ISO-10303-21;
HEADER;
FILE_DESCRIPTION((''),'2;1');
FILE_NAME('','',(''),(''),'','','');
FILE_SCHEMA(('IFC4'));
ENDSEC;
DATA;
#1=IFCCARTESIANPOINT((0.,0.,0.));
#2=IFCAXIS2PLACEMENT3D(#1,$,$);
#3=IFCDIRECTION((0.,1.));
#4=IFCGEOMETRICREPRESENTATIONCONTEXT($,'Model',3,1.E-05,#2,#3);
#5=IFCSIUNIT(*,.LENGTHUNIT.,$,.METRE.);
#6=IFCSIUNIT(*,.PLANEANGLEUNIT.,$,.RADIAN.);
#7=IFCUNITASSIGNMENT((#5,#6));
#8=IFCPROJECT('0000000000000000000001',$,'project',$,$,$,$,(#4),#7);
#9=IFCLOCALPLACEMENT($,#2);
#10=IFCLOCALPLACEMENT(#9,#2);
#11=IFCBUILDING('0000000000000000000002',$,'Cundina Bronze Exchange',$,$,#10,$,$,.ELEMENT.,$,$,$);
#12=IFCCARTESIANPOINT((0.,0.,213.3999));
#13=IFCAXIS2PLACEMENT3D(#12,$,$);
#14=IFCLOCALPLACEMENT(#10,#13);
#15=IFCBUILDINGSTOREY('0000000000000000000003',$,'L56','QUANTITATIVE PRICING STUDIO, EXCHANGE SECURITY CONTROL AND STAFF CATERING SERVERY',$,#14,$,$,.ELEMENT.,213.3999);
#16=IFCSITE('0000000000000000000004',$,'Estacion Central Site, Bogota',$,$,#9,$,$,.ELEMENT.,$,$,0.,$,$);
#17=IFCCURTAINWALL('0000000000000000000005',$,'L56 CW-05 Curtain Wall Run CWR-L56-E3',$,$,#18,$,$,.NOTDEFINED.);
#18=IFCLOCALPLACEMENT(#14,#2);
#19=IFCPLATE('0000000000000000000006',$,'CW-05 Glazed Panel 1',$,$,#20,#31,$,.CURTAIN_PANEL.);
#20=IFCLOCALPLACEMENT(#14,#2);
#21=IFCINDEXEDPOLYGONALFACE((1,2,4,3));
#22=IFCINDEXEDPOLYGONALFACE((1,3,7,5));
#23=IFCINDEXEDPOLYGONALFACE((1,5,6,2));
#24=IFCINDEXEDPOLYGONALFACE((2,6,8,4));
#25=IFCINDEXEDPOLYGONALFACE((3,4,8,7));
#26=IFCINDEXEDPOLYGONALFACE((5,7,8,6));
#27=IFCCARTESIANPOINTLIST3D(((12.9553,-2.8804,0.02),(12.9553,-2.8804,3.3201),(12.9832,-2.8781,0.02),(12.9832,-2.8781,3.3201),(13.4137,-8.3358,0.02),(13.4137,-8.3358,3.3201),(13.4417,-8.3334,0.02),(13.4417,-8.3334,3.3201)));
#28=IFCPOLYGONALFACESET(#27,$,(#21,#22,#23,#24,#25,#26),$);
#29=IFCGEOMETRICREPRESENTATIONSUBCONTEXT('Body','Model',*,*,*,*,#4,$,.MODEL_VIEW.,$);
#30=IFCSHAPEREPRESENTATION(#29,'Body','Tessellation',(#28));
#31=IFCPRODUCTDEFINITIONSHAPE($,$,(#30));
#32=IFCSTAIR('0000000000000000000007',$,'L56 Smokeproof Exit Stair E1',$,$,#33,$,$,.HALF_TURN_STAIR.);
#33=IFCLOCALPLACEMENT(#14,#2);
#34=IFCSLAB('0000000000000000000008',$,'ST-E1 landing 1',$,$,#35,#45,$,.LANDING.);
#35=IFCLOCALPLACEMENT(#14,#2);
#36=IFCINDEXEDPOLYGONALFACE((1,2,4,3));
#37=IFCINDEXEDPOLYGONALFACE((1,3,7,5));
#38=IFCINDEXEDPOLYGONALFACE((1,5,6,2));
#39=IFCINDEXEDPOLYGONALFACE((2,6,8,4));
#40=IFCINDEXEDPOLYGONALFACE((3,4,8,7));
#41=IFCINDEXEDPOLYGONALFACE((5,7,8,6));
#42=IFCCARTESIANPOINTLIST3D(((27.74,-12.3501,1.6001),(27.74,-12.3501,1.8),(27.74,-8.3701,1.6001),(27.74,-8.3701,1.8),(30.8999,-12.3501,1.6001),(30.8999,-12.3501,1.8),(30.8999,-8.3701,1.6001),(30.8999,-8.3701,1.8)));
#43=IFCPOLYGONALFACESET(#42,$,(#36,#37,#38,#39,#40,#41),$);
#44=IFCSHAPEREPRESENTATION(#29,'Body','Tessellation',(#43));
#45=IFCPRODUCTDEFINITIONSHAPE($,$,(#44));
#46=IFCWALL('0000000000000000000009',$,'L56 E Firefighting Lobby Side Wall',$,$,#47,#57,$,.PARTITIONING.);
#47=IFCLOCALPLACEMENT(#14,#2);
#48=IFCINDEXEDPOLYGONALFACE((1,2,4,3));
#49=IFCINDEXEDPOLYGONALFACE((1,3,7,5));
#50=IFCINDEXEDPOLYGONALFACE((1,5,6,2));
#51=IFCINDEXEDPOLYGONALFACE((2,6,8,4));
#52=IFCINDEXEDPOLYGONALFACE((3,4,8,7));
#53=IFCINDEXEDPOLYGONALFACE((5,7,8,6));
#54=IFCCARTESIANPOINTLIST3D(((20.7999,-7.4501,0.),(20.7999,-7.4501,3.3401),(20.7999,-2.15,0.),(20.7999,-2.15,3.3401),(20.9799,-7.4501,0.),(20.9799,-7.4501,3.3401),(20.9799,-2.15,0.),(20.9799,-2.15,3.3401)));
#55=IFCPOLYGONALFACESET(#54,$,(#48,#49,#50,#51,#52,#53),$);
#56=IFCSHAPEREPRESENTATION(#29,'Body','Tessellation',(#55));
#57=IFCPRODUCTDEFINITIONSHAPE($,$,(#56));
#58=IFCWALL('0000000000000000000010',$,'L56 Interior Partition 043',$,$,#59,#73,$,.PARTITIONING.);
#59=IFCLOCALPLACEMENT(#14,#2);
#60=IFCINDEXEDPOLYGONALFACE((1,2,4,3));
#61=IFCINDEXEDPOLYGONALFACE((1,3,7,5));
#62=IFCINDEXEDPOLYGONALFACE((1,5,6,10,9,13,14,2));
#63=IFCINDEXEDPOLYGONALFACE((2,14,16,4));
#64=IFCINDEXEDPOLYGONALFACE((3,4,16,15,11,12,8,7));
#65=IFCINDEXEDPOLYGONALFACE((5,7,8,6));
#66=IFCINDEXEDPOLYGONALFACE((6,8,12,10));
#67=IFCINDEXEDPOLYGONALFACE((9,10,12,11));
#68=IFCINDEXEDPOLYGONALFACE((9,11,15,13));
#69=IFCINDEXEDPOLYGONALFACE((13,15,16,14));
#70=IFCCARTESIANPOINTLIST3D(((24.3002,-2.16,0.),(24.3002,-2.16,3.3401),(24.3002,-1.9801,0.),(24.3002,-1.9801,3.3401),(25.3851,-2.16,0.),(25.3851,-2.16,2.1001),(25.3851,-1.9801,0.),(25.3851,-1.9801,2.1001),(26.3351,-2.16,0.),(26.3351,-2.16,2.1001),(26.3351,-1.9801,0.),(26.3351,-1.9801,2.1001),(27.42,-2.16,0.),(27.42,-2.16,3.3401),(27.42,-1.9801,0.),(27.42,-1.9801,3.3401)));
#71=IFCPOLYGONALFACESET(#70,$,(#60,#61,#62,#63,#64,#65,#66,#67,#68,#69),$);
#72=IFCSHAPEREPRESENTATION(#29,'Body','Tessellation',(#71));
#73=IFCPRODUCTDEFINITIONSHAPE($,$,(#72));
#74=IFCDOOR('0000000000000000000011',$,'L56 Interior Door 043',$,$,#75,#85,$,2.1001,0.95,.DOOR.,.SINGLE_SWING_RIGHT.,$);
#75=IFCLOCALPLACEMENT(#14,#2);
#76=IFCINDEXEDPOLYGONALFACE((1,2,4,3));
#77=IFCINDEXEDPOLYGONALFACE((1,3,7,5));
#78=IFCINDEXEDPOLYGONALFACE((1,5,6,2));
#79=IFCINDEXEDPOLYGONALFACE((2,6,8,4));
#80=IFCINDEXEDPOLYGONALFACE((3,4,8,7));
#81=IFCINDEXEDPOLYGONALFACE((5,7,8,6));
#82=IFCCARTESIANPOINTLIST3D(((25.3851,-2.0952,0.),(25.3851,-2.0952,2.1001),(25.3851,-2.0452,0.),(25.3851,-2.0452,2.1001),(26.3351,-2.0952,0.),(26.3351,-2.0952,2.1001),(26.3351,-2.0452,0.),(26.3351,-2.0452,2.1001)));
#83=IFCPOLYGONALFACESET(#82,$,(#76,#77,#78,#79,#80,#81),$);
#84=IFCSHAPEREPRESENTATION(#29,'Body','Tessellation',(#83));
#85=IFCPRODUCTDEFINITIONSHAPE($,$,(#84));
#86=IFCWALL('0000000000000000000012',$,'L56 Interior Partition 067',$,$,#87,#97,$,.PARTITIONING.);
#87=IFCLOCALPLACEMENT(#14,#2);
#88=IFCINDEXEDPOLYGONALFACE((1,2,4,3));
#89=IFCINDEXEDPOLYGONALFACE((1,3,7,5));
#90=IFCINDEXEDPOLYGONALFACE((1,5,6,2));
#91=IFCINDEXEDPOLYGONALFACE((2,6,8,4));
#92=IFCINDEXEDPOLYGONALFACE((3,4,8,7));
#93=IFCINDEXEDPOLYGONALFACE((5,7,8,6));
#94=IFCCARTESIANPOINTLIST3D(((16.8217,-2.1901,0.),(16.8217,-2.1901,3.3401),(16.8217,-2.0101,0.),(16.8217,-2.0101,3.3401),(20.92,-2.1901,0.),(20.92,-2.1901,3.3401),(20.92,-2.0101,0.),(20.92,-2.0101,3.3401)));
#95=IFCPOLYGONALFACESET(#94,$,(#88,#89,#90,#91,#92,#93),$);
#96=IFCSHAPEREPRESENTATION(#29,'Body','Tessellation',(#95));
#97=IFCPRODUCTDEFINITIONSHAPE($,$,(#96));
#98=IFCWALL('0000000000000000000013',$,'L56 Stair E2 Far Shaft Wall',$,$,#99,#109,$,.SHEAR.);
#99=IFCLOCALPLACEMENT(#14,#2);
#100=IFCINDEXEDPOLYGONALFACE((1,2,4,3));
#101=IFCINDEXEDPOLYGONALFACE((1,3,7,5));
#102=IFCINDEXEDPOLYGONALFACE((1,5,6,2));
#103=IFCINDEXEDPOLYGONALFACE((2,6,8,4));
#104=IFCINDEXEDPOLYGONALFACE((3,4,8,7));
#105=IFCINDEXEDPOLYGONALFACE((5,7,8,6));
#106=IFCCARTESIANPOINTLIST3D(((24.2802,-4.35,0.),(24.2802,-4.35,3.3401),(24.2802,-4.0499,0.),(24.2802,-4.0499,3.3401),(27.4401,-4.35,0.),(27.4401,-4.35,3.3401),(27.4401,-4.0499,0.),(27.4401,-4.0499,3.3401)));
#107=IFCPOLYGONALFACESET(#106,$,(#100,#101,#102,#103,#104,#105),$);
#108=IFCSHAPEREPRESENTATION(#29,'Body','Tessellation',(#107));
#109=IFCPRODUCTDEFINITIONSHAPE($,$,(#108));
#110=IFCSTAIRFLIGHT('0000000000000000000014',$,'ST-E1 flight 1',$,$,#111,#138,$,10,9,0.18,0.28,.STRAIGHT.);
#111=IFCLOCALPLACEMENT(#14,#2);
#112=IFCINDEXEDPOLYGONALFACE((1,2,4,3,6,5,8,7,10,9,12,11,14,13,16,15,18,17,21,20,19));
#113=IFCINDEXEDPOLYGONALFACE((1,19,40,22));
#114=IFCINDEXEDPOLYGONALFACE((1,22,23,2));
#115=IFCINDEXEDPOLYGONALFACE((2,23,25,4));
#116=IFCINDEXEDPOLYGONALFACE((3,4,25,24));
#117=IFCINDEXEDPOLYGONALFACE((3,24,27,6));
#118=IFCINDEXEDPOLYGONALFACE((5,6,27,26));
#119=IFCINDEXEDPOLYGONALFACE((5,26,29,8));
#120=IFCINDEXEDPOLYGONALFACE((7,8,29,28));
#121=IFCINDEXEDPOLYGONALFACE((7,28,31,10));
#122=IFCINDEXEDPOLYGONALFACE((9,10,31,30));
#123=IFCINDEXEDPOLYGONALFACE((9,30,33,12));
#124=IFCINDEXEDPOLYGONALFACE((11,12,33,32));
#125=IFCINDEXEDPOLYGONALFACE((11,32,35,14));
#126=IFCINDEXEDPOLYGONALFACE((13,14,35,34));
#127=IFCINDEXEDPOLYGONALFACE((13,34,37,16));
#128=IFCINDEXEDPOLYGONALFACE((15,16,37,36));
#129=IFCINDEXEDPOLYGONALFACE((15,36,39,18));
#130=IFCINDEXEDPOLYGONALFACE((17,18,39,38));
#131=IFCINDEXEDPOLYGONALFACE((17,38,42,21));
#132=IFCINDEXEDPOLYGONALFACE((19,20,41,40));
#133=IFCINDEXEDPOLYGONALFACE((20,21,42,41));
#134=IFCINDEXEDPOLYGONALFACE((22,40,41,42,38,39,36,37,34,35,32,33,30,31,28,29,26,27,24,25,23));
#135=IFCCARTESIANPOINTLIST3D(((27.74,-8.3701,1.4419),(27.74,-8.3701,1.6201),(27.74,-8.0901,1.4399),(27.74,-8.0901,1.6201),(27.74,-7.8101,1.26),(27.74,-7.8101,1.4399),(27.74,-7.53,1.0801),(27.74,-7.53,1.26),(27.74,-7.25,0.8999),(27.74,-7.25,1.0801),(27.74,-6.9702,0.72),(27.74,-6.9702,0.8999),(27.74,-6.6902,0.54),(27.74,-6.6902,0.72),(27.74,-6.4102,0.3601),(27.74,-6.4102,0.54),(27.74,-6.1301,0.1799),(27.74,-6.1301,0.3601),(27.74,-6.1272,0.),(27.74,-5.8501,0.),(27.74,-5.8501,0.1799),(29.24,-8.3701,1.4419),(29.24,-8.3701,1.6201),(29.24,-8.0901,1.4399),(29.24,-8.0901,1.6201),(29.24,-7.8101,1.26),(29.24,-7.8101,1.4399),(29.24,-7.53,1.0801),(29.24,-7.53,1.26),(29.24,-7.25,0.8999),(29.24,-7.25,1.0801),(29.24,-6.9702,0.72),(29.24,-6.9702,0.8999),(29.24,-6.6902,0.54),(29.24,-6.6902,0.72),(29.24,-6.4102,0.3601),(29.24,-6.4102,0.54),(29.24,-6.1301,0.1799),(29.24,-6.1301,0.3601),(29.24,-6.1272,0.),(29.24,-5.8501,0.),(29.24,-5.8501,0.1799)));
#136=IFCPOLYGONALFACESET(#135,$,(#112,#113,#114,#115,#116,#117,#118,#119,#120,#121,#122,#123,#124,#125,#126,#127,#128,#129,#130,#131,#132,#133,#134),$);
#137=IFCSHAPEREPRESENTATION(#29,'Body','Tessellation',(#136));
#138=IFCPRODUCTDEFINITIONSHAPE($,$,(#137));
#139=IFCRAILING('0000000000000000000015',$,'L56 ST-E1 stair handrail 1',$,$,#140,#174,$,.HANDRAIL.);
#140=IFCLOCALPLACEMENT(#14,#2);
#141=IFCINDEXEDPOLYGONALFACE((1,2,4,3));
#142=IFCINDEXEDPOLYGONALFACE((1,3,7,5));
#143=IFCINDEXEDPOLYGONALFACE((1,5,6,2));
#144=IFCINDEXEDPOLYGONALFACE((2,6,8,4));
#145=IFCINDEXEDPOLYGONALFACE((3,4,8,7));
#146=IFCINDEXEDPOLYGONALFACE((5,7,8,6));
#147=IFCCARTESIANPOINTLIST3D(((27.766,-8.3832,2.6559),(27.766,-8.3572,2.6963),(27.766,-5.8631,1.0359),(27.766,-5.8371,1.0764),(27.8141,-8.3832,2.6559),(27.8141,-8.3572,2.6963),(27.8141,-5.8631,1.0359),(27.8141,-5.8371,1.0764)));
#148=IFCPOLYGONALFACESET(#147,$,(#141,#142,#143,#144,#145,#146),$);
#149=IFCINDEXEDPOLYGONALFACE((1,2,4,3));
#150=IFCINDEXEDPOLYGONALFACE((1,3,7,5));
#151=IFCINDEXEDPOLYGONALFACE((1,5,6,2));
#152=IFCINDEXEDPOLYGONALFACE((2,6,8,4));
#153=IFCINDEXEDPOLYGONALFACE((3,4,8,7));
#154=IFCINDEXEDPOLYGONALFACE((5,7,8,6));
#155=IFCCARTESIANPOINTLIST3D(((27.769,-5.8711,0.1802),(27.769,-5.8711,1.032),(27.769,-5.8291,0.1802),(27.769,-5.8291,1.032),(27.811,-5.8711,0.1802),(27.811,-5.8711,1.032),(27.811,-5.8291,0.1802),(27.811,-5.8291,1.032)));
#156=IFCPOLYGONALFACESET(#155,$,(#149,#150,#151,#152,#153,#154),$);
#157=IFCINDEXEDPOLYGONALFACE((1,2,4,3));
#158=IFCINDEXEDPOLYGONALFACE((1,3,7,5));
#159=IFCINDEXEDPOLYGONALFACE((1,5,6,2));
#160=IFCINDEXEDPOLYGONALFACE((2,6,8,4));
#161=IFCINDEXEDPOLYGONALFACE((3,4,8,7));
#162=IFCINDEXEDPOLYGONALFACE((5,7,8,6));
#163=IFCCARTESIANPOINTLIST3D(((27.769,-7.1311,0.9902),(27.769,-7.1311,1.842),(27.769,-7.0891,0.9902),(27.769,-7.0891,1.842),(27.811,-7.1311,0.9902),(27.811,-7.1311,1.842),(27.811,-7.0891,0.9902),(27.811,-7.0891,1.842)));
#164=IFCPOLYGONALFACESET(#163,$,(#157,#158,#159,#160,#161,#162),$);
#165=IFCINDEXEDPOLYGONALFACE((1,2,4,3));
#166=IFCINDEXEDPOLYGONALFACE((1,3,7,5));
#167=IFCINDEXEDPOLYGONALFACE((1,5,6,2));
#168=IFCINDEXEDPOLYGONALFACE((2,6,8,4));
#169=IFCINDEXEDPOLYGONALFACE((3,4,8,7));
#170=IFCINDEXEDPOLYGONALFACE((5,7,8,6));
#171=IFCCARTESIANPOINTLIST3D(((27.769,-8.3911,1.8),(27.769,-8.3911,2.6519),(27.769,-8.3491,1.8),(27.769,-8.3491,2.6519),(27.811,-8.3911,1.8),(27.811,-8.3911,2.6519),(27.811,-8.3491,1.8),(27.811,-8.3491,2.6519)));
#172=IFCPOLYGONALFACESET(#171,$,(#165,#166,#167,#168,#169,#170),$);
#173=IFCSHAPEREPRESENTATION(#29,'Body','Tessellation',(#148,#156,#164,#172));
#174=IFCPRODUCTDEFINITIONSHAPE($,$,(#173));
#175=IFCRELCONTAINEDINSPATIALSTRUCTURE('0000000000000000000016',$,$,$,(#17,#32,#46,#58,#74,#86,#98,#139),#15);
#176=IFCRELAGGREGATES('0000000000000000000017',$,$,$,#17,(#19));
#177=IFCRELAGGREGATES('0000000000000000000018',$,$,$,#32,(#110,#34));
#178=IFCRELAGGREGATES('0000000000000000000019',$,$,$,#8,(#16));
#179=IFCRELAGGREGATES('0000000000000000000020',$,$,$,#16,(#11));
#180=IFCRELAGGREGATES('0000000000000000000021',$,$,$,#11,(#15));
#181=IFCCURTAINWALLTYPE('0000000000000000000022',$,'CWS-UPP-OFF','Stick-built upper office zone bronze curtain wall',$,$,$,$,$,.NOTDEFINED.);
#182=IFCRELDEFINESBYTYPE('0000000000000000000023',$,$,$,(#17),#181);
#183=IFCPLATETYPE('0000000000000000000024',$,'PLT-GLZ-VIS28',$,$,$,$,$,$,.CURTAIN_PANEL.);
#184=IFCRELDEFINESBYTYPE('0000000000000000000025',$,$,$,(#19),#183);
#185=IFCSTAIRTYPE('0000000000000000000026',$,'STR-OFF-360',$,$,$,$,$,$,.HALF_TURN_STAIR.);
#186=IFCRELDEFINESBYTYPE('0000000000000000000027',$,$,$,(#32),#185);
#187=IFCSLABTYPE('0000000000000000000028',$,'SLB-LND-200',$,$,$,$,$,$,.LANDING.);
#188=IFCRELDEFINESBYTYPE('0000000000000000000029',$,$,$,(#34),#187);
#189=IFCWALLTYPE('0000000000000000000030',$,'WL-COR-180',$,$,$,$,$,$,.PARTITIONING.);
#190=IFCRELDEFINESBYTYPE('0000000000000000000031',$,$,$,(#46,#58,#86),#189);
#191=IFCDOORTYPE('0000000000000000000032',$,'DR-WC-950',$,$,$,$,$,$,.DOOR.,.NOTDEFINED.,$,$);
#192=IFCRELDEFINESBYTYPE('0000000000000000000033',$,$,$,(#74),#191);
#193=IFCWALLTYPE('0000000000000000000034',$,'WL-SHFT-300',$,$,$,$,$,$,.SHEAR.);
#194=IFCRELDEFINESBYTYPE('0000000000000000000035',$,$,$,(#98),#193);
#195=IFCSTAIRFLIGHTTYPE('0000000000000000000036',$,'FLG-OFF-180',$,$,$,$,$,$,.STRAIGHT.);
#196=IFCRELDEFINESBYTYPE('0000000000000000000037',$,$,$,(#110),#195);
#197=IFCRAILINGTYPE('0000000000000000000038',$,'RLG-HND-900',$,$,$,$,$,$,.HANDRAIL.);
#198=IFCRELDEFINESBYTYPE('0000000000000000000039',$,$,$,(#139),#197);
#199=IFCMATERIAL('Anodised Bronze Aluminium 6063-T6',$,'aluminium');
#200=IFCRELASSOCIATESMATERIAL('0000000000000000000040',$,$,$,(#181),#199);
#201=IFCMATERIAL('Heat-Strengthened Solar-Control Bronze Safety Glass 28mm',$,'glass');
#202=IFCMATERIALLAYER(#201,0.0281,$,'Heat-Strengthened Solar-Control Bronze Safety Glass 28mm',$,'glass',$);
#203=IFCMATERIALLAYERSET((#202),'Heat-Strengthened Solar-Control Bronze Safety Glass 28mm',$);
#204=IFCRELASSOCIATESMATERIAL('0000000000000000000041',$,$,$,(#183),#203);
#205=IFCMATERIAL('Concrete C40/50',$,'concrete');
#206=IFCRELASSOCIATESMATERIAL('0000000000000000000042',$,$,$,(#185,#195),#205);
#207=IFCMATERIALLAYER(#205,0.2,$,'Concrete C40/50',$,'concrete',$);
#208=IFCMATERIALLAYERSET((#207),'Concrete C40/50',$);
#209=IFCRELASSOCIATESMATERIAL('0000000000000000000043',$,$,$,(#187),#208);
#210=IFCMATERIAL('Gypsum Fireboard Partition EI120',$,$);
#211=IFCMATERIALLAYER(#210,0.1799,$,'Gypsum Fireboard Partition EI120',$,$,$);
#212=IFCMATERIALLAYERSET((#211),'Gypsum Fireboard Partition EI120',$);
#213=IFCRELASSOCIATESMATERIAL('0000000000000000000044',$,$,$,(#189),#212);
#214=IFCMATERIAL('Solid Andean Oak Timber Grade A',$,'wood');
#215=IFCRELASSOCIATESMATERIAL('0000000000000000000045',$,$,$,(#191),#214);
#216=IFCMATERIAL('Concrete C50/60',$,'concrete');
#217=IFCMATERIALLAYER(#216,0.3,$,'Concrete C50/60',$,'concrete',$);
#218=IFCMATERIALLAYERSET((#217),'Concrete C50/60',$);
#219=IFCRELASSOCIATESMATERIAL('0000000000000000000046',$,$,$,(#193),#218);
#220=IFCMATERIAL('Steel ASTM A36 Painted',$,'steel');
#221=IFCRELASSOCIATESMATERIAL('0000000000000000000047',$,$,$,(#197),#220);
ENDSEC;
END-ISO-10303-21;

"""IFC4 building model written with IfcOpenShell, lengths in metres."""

from ifc_helpers import new_model, si_unit, direction, frame, frame_2d, origin, origin_2d, place, context, subcontext, project, spatial, polyline, rectangle, outline, extrude, material, layer, layer_set, type_object, element, fill, aggregate, save


model = new_model("IFC4")

# Units and contexts
model_context = context("Model", 3, precision=1e-05, world=origin(), true_north=direction((0.0, 1.0)))
body_context = subcontext(model_context, "Body", "Model", "MODEL_VIEW")
ifc_project = project(units=[si_unit("LENGTHUNIT", "METRE"), si_unit("PLANEANGLEUNIT", "RADIAN")], contexts=[model_context])

# Site, building, storey
site_placement = place(None, origin())
site = spatial("IfcSite", under=ifc_project, at=site_placement, Name="Estacion Central Site, Bogota", CompositionType="ELEMENT", RefElevation=0.0)
building_placement = place(site_placement, origin())
building = spatial("IfcBuilding", under=site, at=building_placement, Name="Cundina Bronze Exchange", CompositionType="ELEMENT")
storey_placement = place(building_placement, frame((0.0, 0.0, 213.3999)))
storey = spatial("IfcBuildingStorey", under=building, at=storey_placement, Name="L56", Description="QUANTITATIVE PRICING STUDIO, EXCHANGE SECURITY CONTROL AND STAFF CATERING SERVERY", CompositionType="ELEMENT", Elevation=213.3999)

# Shared definitions
ifc_material_1 = material(Name="Concrete C50/60", Category="concrete")

# Shared definitions
ifc_material_2 = material(Name="Anodised Bronze Aluminium 6063-T6", Category="aluminium")
curtain_wall_type = type_object("IfcCurtainWallType", Name="CWS-UPP-OFF", Description="Stick-built upper office zone bronze curtain wall", PredefinedType="NOTDEFINED", material=ifc_material_2)

# Curtain wall, plate
curtain_wall_1_placement = place(storey_placement, origin())
curtain_wall_1 = element("IfcCurtainWall", 1, at=curtain_wall_1_placement, inside=storey, type_object=curtain_wall_type, Name="L56 CW-05 Curtain Wall Run CWR-L56-E3", PredefinedType="NOTDEFINED")
ifc_material_3 = material(Name="Heat-Strengthened Solar-Control Bronze Safety Glass 28mm", Category="glass")
ifc_layer_1 = layer(ifc_material_3, 0.0281, Name="Heat-Strengthened Solar-Control Bronze Safety Glass 28mm", Category="glass")
ifc_layer_set_1 = layer_set([ifc_layer_1], Name="Heat-Strengthened Solar-Control Bronze Safety Glass 28mm")
plate_type = type_object("IfcPlateType", Name="PLT-GLZ-VIS28", PredefinedType="CURTAIN_PANEL", material=ifc_layer_set_1)
plate_placement = place(storey_placement, frame((13.1985, -5.6069, 0.02), z_axis=(0.0, 0.0, 1.0), x_axis=(0.083747, -0.996487, 0.0)))
plate = element("IfcPlate", 2, at=plate_placement, type_object=plate_type, Name="CW-05 Glazed Panel 1", PredefinedType="CURTAIN_PANEL", context=body_context, shape_type="SweptSolid", body=[
    extrude(rectangle(XDim=5.4746, YDim=0.0281, at=origin_2d()), origin(), (0.0, 0.0, 1.0), 3.3),
])
aggregate(curtain_wall_1, [plate])

# Stair, slab
ifc_material_4 = material(Name="Concrete C40/50", Category="concrete")
stair_type = type_object("IfcStairType", Name="STR-OFF-360", PredefinedType="HALF_TURN_STAIR", material=ifc_material_4)
stair_placement = place(storey_placement, origin())
stair = element("IfcStair", 3, at=stair_placement, inside=storey, type_object=stair_type, Name="L56 Smokeproof Exit Stair E1", PredefinedType="HALF_TURN_STAIR")
ifc_layer_2 = layer(ifc_material_4, 0.2, Name="Concrete C40/50", Category="concrete")
ifc_layer_set_2 = layer_set([ifc_layer_2], Name="Concrete C40/50")
slab_type = type_object("IfcSlabType", Name="SLB-LND-200", PredefinedType="LANDING", material=ifc_layer_set_2)
slab_placement = place(storey_placement, frame((0.0, 0.0, 1.6001)))
slab = element("IfcSlab", 4, at=slab_placement, type_object=slab_type, Name="ST-E1 landing 1", PredefinedType="LANDING", context=body_context, shape_type="SweptSolid", body=[
    extrude(outline(polyline([(27.74, -8.3701), (27.74, -12.3501), (30.8999, -12.3501), (30.8999, -8.3701), (27.74, -8.3701)])), origin(), (0.0, 0.0, 1.0), 0.2),
])

# Wall
ifc_material_5 = material(Name="Gypsum Fireboard Partition EI120")
ifc_layer_3 = layer(ifc_material_5, 0.1799, Name="Gypsum Fireboard Partition EI120")
ifc_layer_set_3 = layer_set([ifc_layer_3], Name="Gypsum Fireboard Partition EI120")
wall_type_1 = type_object("IfcWallType", Name="WL-COR-180", PredefinedType="PARTITIONING", material=ifc_layer_set_3)
wall_1_placement = place(storey_placement, frame((20.8899, -7.45, 0.0), z_axis=(0.0, 0.0, 1.0), x_axis=(0.0, 1.0, 0.0)))
element("IfcWall", 5, at=wall_1_placement, inside=storey, type_object=wall_type_1, Name="L56 E Firefighting Lobby Side Wall", PredefinedType="PARTITIONING", context=body_context, shape_type="SweptSolid", body=[
    extrude(rectangle(XDim=5.3, YDim=0.1799, at=frame_2d((2.6499, 0.0))), origin(), (0.0, 0.0, 1.0), 3.3401),
])

# Wall, opening, door
ifc_material_6 = material(Name="Steel ASTM A36 Painted", Category="steel")
wall_2_placement = place(storey_placement, frame((24.3, -2.0701, 0.0), z_axis=(0.0, 0.0, 1.0), x_axis=(1.0, 0.0, 0.0)))
wall_2 = element("IfcWall", 6, at=wall_2_placement, inside=storey, type_object=wall_type_1, Name="L56 Interior Partition 043", PredefinedType="PARTITIONING", context=body_context, shape_type="SweptSolid", body=[
    extrude(rectangle(XDim=3.1199, YDim=0.1799, at=frame_2d((1.5601, 0.0))), origin(), (0.0, 0.0, 1.0), 3.3401),
])
opening_1_placement = place(wall_2_placement, frame((1.085, 0.0, 0.0)))
opening_1 = element("IfcOpeningElement", 7, at=opening_1_placement, cuts=wall_2, PredefinedType="OPENING", context=body_context, shape_type="SweptSolid", body=[
    extrude(rectangle(XDim=0.95, YDim=2.1001, at=frame_2d((0.4751, 1.05))), frame((0.0, 0.0999, 0.0), z_axis=(0.0, -1.0, 0.0), x_axis=(1.0, 0.0, 0.0)), (0.0, 0.0, 1.0), 0.2),
])
ifc_material_7 = material(Name="Solid Andean Oak Timber Grade A", Category="wood")
door_type_1 = type_object("IfcDoorType", Name="DR-WC-950", OperationType="NOTDEFINED", PredefinedType="DOOR", material=ifc_material_7)
door_1_placement = place(opening_1_placement, origin())
door_1 = element("IfcDoor", 8, at=door_1_placement, inside=storey, type_object=door_type_1, Name="L56 Interior Door 043", OperationType="SINGLE_SWING_RIGHT", OverallHeight=2.1001, OverallWidth=0.95, PredefinedType="DOOR", context=body_context, shape_type="SweptSolid", body=[
    extrude(rectangle(XDim=0.95, YDim=2.1001, at=frame_2d((0.4751, 1.05))), frame((0.0, 0.0249, 0.0), z_axis=(0.0, -1.0, 0.0), x_axis=(1.0, 0.0, 0.0)), (0.0, 0.0, 1.0), 0.05),
])
fill(opening_1, door_1)

# Wall
wall_3_placement = place(storey_placement, frame((16.8215, -2.1001, 0.0), z_axis=(0.0, 0.0, 1.0), x_axis=(1.0, 0.0, 0.0)))
element("IfcWall", 9, at=wall_3_placement, inside=storey, type_object=wall_type_1, Name="L56 Interior Partition 067", PredefinedType="PARTITIONING", context=body_context, shape_type="SweptSolid", body=[
    extrude(rectangle(XDim=4.0984, YDim=0.1799, at=frame_2d((2.0493, 0.0))), origin(), (0.0, 0.0, 1.0), 3.3401),
])

# Shared definitions
ifc_layer_4 = layer(ifc_material_1, 0.3, Name="Concrete C50/60", Category="concrete")
ifc_layer_set_4 = layer_set([ifc_layer_4], Name="Concrete C50/60")
wall_type_2 = type_object("IfcWallType", Name="WL-SHFT-300", PredefinedType="SHEAR", material=ifc_layer_set_4)

# Wall
wall_4_placement = place(storey_placement, frame((24.28, -4.2, 0.0), z_axis=(0.0, 0.0, 1.0), x_axis=(1.0, 0.0, 0.0)))
element("IfcWall", 10, at=wall_4_placement, inside=storey, type_object=wall_type_2, Name="L56 Stair E2 Far Shaft Wall", PredefinedType="SHEAR", context=body_context, shape_type="SweptSolid", body=[
    extrude(rectangle(XDim=3.1599, YDim=0.3, at=frame_2d((1.5801, 0.0))), origin(), (0.0, 0.0, 1.0), 3.3401),
])

# Stair flight
stair_flight_type = type_object("IfcStairFlightType", Name="FLG-OFF-180", PredefinedType="STRAIGHT", material=ifc_material_4)
stair_flight_placement = place(storey_placement, frame((28.49, -5.8501, 0.0), z_axis=(0.0, 0.0, 1.0), x_axis=(0.0, -1.0, 0.0)))
stair_flight = element("IfcStairFlight", 11, at=stair_flight_placement, type_object=stair_flight_type, Name="ST-E1 flight 1", NumberOfRisers=10, NumberOfTreads=9, PredefinedType="STRAIGHT", RiserHeight=0.18, TreadLength=0.28, context=body_context, shape_type="SweptSolid", body=[
    extrude(outline(polyline([(0.0, 0.0), (0.0, 0.1799), (0.28, 0.1799), (0.28, 0.3601), (0.5601, 0.3601), (0.5601, 0.54), (0.8401, 0.54), (0.8401, 0.72), (1.1201, 0.72), (1.1201, 0.8999), (1.3999, 0.8999), (1.3999, 1.0801), (1.6799, 1.0801), (1.6799, 1.26), (1.96, 1.26), (1.96, 1.4399), (2.24, 1.4399), (2.24, 1.6201), (2.52, 1.6201), (2.52, 1.8), (2.52, 1.4419), (0.2771, 0.0), (0.0, 0.0)])), frame((0.0, 0.75, 0.0), z_axis=(0.0, -1.0, 0.0), x_axis=(1.0, 0.0, 0.0)), (0.0, 0.0, 1.0), 1.5),
])
aggregate(stair, [stair_flight, slab])

# Railing
railing_type_1 = type_object("IfcRailingType", Name="RLG-HND-900", PredefinedType="HANDRAIL", material=ifc_material_6)
railing_1_placement = place(storey_placement, frame((27.79, -5.8501, 0.1802)))
element("IfcRailing", 12, at=railing_1_placement, inside=storey, type_object=railing_type_1, Name="L56 ST-E1 stair handrail 1", PredefinedType="HANDRAIL", context=body_context, shape_type="SweptSolid", body=[
    extrude(rectangle(XDim=0.0481, YDim=0.0481, at=origin_2d()), frame((0.0, 0.0, 0.876), z_axis=(0.0, -0.8412, 0.540725), x_axis=(1.0, 0.0, 0.0)), (0.0, 0.0, 1.0), 2.9958),
    extrude(rectangle(XDim=0.042, YDim=0.042, at=origin_2d()), origin(), (0.0, 0.0, 1.0), 0.8518),
    extrude(rectangle(XDim=0.042, YDim=0.042, at=origin_2d()), frame((0.0, -1.26, 0.8101)), (0.0, 0.0, 1.0), 0.8518),
    extrude(rectangle(XDim=0.042, YDim=0.042, at=origin_2d()), frame((0.0, -2.52, 1.6199)), (0.0, 0.0, 1.0), 0.8518),
])

save(model, "model.ifc")
